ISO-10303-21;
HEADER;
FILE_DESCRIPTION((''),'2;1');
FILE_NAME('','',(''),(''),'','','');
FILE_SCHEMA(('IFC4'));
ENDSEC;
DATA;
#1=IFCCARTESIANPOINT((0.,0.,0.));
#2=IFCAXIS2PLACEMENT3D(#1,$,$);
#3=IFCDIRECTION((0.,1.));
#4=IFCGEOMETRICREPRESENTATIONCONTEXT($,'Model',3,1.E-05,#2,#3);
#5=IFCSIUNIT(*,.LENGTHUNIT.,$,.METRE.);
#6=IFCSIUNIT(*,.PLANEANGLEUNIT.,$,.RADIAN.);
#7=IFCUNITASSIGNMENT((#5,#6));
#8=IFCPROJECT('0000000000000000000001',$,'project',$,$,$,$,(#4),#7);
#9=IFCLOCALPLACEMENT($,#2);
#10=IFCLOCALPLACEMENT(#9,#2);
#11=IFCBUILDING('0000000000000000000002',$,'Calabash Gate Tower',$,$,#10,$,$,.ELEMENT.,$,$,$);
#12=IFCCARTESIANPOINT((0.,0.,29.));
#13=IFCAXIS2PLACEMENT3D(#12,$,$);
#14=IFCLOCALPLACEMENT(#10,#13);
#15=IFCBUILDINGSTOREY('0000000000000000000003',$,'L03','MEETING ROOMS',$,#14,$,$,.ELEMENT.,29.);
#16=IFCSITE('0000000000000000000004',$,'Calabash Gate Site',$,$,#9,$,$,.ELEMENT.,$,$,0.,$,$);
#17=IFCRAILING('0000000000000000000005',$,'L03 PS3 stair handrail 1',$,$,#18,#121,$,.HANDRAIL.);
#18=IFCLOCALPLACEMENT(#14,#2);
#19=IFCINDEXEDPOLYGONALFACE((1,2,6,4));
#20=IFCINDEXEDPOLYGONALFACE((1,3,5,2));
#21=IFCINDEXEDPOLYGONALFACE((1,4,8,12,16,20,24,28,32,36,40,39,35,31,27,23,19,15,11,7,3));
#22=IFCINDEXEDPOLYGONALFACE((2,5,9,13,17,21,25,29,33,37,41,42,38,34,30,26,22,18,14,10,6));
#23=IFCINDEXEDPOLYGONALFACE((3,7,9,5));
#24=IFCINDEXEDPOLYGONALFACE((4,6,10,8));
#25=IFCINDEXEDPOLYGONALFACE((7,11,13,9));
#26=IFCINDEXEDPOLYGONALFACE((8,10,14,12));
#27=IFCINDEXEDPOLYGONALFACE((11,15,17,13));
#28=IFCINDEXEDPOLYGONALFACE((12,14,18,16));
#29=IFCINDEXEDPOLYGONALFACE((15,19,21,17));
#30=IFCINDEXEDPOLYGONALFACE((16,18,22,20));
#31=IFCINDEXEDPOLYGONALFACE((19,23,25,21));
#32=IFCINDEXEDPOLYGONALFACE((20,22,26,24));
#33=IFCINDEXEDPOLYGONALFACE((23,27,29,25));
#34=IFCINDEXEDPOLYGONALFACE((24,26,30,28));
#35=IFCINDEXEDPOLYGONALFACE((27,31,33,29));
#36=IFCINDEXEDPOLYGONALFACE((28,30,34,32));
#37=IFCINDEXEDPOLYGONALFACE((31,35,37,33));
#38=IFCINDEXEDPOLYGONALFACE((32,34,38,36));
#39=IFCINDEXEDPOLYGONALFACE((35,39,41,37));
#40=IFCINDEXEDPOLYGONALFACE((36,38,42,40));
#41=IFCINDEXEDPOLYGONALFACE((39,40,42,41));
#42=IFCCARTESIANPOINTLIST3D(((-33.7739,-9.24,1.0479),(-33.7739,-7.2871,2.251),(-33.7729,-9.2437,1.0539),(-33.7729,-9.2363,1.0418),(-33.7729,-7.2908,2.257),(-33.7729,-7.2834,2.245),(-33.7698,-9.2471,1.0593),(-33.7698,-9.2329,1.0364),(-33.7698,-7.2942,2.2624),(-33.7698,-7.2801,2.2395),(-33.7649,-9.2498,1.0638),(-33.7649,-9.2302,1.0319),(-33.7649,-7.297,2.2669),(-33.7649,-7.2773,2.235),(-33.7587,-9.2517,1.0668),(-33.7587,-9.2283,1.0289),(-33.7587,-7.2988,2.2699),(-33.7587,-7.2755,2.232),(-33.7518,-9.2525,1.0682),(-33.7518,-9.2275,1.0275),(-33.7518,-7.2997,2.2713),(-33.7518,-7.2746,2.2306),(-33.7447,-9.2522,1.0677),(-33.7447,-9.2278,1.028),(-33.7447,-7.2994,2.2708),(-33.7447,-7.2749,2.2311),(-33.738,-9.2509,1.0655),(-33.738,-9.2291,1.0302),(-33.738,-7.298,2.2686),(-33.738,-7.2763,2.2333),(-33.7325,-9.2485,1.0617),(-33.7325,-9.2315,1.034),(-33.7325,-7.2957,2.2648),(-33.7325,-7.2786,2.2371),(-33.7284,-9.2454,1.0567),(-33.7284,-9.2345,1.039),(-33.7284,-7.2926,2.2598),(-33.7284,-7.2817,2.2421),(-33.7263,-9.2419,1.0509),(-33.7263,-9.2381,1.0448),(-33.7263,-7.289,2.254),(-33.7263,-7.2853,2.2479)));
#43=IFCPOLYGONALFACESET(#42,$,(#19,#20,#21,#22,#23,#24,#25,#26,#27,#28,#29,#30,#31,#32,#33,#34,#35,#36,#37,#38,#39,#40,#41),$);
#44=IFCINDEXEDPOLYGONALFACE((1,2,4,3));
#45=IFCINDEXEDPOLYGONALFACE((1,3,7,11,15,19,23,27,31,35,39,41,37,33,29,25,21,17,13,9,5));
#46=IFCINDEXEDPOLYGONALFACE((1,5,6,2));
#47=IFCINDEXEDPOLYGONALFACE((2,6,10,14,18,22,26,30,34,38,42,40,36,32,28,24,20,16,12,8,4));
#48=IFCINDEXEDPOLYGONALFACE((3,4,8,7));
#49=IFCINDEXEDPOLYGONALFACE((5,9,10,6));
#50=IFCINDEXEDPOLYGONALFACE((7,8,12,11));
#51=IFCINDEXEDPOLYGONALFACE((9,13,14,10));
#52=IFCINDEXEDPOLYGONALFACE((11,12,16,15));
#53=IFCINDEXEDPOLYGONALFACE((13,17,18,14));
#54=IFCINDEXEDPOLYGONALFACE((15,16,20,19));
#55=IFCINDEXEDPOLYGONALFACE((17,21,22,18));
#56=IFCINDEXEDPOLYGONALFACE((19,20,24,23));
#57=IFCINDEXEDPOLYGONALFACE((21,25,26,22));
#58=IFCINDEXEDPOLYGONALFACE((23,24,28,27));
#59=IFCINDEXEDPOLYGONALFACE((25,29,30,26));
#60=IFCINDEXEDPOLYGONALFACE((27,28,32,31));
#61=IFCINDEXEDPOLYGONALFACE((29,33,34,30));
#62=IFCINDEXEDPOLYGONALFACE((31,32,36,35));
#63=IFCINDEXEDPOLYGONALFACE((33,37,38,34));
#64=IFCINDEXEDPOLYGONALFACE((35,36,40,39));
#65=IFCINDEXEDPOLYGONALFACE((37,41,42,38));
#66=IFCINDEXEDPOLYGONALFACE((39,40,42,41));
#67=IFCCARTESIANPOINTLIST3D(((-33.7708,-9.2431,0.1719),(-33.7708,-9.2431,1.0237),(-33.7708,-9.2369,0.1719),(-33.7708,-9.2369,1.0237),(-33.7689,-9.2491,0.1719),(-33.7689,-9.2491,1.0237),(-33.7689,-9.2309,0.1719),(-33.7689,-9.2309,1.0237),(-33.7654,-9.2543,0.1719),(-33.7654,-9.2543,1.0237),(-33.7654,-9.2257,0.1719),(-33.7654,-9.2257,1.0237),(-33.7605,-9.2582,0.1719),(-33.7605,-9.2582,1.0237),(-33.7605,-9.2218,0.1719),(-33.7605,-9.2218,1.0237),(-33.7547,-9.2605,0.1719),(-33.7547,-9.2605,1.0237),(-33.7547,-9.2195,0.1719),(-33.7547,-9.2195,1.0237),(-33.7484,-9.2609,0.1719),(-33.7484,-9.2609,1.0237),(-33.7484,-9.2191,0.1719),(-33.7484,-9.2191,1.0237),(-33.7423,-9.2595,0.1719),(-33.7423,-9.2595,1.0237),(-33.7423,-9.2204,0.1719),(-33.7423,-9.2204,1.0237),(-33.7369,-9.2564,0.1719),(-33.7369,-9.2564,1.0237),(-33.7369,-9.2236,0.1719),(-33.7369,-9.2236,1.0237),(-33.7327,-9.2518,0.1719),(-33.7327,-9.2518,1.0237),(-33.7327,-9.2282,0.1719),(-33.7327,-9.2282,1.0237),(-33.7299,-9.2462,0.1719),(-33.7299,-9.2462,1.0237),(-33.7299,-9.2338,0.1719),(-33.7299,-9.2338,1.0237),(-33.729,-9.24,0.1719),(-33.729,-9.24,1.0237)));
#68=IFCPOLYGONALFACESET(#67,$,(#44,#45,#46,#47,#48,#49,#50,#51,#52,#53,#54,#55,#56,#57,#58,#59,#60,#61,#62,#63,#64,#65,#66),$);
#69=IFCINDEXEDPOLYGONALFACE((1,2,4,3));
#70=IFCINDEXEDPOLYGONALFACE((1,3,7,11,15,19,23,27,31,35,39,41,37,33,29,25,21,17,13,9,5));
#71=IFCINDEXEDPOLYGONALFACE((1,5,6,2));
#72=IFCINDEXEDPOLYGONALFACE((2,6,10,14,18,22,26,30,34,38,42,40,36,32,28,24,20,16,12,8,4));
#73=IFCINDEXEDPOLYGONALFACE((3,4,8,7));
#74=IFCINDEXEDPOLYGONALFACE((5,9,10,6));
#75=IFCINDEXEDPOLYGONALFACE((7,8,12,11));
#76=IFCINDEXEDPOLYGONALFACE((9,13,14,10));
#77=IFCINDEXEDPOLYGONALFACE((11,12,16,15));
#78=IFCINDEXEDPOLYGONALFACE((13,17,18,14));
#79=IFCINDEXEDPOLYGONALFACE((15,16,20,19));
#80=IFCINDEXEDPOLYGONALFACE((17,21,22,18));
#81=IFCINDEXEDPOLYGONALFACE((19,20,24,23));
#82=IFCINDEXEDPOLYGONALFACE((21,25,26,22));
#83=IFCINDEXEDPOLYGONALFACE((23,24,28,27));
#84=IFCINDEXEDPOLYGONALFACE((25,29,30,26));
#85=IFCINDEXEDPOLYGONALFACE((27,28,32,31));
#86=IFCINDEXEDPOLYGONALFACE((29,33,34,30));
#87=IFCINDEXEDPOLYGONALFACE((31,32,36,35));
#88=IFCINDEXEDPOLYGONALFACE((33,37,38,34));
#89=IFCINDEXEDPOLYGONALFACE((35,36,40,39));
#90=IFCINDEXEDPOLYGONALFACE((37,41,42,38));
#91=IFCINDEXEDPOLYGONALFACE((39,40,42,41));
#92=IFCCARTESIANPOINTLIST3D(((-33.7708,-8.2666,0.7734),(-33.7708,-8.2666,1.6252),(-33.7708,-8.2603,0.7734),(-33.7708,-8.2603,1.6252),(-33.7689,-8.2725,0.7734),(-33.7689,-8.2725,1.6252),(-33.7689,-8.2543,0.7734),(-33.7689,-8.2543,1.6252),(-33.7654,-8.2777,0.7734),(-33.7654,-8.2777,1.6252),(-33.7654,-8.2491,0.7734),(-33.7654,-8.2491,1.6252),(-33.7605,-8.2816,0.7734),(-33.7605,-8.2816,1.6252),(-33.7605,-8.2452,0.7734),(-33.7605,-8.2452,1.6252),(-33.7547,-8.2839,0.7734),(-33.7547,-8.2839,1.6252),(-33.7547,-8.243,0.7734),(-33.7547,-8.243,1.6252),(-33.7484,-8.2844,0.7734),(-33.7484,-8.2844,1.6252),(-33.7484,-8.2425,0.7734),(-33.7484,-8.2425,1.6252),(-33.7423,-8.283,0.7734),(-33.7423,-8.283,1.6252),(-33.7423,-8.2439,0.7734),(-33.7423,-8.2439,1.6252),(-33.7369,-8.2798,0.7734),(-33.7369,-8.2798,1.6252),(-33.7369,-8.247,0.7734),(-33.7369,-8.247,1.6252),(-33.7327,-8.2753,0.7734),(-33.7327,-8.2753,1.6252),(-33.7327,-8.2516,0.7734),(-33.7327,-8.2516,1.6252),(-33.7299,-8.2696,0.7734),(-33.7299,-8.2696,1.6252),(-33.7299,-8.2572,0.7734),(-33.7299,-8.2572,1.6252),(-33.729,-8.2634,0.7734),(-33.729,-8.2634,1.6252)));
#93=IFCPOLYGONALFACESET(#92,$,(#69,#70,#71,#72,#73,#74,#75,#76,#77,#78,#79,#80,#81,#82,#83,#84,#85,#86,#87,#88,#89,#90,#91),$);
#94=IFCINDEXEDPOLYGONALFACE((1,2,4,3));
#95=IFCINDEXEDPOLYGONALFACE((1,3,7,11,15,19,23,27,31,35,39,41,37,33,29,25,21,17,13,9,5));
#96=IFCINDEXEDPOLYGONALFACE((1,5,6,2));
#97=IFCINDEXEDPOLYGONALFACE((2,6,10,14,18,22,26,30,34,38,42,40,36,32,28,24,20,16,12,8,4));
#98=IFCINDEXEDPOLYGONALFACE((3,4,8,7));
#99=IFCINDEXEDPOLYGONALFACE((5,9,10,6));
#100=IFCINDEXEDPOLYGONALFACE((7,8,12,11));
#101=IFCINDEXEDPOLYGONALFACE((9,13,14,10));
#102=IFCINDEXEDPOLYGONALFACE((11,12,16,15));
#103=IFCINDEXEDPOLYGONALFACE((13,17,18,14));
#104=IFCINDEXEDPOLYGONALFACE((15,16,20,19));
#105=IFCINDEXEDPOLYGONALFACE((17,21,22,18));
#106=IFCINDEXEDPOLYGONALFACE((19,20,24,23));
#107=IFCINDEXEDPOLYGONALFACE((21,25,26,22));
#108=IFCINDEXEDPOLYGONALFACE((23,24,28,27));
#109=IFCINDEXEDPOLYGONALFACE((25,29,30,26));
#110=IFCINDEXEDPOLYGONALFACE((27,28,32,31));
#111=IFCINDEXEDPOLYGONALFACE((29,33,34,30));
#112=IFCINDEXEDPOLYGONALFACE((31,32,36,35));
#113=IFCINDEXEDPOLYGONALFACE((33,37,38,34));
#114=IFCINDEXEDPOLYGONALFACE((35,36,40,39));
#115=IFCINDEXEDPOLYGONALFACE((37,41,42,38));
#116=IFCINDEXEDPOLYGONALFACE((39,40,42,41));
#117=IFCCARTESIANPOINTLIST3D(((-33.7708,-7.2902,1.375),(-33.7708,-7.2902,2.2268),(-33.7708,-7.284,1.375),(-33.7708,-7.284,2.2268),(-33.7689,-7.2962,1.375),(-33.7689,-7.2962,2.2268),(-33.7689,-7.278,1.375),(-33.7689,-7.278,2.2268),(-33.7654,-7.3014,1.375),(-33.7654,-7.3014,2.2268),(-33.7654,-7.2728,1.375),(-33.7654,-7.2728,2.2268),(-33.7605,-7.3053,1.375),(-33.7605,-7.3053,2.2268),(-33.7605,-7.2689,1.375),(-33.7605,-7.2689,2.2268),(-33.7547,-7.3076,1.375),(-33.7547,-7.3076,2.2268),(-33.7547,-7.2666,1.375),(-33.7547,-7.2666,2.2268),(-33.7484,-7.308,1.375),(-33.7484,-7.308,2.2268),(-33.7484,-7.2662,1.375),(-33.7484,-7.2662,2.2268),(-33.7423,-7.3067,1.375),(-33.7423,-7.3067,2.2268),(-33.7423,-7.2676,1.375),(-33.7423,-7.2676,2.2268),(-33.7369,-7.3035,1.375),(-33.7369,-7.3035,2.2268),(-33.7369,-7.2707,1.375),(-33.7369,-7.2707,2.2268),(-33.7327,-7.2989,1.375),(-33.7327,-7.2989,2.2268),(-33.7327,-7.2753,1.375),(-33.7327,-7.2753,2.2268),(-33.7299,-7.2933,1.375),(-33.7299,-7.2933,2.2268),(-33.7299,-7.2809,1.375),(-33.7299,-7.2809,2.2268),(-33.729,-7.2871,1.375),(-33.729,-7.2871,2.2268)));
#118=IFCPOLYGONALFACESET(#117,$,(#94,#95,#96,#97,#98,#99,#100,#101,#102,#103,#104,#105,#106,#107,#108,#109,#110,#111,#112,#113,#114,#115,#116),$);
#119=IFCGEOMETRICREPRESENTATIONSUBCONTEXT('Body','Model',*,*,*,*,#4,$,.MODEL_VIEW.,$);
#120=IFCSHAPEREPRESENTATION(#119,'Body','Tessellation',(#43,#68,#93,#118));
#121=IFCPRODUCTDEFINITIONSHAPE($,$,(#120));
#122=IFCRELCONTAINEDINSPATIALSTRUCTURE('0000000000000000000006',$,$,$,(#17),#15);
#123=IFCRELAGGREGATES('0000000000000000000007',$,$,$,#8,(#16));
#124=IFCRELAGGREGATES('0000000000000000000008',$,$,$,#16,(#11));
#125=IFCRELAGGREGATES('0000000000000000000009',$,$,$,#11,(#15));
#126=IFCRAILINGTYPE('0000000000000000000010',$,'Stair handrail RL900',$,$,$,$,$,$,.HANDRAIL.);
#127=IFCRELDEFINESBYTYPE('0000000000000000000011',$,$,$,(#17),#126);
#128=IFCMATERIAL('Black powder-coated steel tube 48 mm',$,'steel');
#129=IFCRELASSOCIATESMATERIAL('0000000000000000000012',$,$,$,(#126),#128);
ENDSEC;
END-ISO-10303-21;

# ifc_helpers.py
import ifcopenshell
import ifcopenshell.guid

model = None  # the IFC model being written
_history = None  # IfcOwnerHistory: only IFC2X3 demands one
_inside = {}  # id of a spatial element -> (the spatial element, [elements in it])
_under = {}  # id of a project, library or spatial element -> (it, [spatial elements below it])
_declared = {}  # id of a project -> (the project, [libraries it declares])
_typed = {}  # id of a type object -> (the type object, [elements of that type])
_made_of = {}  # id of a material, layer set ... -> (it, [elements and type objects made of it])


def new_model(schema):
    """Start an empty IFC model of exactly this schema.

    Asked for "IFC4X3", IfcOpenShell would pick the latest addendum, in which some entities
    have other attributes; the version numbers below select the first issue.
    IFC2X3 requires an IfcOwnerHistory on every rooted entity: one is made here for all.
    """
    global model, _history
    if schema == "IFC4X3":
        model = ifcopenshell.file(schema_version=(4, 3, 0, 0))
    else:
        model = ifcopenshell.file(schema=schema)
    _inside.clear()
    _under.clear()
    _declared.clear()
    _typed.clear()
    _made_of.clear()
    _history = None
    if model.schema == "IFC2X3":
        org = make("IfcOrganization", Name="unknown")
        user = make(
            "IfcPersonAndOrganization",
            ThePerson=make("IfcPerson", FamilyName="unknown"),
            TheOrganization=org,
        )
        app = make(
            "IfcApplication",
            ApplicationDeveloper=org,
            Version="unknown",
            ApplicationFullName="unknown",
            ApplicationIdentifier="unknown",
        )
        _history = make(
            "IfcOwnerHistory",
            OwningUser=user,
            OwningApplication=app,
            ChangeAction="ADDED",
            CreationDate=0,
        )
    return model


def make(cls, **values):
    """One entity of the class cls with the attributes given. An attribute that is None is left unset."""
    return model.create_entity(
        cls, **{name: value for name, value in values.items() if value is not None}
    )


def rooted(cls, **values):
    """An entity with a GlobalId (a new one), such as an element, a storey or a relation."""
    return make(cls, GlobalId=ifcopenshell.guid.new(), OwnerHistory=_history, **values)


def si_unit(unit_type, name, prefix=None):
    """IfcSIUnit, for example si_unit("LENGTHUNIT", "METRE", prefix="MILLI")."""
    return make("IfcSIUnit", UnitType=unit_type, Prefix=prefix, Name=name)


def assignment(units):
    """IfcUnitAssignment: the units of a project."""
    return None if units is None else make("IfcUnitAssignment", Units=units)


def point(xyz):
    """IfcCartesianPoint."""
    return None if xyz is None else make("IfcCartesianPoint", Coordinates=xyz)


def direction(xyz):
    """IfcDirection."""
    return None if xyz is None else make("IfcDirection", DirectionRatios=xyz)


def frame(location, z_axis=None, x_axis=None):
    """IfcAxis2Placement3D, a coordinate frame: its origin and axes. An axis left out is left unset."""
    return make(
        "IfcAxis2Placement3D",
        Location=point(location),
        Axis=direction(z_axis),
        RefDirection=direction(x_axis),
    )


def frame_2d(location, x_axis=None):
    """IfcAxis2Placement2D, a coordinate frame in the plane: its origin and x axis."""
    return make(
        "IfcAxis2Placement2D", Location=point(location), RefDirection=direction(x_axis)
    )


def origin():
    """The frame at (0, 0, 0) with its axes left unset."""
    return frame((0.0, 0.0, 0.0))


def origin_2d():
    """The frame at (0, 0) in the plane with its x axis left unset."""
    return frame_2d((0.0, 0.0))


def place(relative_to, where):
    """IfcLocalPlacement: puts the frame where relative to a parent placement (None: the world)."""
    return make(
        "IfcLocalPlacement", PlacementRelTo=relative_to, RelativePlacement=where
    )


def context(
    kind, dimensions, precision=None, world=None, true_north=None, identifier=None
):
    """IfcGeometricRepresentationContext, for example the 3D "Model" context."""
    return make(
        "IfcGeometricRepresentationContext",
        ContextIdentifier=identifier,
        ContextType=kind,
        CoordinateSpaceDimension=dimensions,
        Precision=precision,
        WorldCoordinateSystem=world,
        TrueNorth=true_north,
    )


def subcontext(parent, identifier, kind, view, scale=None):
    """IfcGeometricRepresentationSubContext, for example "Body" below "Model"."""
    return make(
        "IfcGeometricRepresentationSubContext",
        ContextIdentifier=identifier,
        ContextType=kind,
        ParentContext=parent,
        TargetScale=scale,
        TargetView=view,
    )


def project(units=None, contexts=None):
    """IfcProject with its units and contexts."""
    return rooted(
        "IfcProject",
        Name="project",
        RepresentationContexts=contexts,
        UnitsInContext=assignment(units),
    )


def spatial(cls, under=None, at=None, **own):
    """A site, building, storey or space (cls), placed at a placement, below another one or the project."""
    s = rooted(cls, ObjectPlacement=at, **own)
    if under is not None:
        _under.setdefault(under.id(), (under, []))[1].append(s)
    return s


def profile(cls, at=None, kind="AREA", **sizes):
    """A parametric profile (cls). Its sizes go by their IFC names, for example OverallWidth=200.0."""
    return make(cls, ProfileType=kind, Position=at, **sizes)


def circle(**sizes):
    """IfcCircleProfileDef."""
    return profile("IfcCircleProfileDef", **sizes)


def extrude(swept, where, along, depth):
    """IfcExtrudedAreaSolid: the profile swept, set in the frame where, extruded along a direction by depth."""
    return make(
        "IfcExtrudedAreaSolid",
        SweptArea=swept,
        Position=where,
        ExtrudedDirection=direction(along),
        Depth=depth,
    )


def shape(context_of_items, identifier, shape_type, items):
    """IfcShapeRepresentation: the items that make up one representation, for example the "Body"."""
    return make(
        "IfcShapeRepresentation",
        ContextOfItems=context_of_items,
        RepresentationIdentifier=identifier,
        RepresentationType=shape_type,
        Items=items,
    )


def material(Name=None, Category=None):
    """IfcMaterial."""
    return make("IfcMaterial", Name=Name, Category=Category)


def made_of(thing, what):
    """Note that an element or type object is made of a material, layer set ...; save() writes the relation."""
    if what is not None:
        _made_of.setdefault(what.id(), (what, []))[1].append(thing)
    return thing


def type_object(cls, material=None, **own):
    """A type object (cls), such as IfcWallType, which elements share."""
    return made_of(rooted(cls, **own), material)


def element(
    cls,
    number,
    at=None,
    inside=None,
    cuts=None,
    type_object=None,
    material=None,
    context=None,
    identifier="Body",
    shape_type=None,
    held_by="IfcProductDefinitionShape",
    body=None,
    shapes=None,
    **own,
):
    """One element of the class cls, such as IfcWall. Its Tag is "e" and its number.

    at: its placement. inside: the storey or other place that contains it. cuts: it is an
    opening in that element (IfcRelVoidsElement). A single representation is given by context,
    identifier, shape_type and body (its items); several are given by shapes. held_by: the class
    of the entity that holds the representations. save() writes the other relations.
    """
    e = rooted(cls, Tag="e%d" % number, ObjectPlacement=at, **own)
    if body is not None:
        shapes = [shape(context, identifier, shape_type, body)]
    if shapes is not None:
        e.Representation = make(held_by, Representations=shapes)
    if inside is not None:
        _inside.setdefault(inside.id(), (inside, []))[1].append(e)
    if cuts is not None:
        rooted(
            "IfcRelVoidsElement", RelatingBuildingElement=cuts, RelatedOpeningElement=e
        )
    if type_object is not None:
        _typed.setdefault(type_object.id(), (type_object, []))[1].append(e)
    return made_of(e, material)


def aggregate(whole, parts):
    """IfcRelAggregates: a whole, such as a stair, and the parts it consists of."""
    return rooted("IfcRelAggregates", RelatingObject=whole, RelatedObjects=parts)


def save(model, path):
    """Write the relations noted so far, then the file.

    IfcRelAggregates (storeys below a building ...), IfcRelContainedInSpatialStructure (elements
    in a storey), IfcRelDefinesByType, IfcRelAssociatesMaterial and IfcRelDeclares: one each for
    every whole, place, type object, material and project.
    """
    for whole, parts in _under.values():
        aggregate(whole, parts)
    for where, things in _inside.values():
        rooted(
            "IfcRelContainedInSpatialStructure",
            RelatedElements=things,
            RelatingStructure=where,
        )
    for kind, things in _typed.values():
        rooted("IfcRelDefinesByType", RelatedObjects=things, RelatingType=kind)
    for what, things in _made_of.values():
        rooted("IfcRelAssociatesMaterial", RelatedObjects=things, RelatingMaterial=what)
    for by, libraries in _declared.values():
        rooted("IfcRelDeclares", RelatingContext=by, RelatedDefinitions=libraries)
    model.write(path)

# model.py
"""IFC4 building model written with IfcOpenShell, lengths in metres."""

from ifc_helpers import new_model, si_unit, direction, frame, origin, origin_2d, place, context, subcontext, project, spatial, circle, extrude, material, type_object, element, save


model = new_model("IFC4")

# Units and contexts
model_context = context("Model", 3, precision=1e-05, world=origin(), true_north=direction((0.0, 1.0)))
body_context = subcontext(model_context, "Body", "Model", "MODEL_VIEW")
ifc_project = project(units=[si_unit("LENGTHUNIT", "METRE"), si_unit("PLANEANGLEUNIT", "RADIAN")], contexts=[model_context])

# Site, building, storey
site_placement = place(None, origin())
site = spatial("IfcSite", under=ifc_project, at=site_placement, Name="Calabash Gate Site", CompositionType="ELEMENT", RefElevation=0.0)
building_placement = place(site_placement, origin())
building = spatial("IfcBuilding", under=site, at=building_placement, Name="Calabash Gate Tower", CompositionType="ELEMENT")
storey_placement = place(building_placement, frame((0.0, 0.0, 29.0)))
storey = spatial("IfcBuildingStorey", under=building, at=storey_placement, Name="L03", Description="MEETING ROOMS", CompositionType="ELEMENT", Elevation=29.0)

# Railing
ifc_material_1 = material(Name="Black powder-coated steel tube 48 mm", Category="steel")
railing_type_1 = type_object("IfcRailingType", Name="Stair handrail RL900", PredefinedType="HANDRAIL", material=ifc_material_1)
railing_1_placement = place(storey_placement, frame((-33.75, -9.24, 0.1719)))
element("IfcRailing", 1, at=railing_1_placement, inside=storey, type_object=railing_type_1, Name="L03 PS3 stair handrail 1", PredefinedType="HANDRAIL", context=body_context, shape_type="SweptSolid", body=[
    extrude(circle(Radius=0.0239, at=origin_2d()), frame((0.0, 0.0, 0.876), z_axis=(0.0, 0.851395, 0.524525), x_axis=(-1.0, 0.0, 0.0)), (0.0, 0.0, 1.0), 2.2937),
    extrude(circle(Radius=0.021, at=origin_2d()), origin(), (0.0, 0.0, 1.0), 0.8518),
    extrude(circle(Radius=0.021, at=origin_2d()), frame((0.0, 0.9766, 0.6016)), (0.0, 0.0, 1.0), 0.8518),
    extrude(circle(Radius=0.021, at=origin_2d()), frame((0.0, 1.9529, 1.2031)), (0.0, 0.0, 1.0), 0.8518),
])

save(model, "model.ifc")
